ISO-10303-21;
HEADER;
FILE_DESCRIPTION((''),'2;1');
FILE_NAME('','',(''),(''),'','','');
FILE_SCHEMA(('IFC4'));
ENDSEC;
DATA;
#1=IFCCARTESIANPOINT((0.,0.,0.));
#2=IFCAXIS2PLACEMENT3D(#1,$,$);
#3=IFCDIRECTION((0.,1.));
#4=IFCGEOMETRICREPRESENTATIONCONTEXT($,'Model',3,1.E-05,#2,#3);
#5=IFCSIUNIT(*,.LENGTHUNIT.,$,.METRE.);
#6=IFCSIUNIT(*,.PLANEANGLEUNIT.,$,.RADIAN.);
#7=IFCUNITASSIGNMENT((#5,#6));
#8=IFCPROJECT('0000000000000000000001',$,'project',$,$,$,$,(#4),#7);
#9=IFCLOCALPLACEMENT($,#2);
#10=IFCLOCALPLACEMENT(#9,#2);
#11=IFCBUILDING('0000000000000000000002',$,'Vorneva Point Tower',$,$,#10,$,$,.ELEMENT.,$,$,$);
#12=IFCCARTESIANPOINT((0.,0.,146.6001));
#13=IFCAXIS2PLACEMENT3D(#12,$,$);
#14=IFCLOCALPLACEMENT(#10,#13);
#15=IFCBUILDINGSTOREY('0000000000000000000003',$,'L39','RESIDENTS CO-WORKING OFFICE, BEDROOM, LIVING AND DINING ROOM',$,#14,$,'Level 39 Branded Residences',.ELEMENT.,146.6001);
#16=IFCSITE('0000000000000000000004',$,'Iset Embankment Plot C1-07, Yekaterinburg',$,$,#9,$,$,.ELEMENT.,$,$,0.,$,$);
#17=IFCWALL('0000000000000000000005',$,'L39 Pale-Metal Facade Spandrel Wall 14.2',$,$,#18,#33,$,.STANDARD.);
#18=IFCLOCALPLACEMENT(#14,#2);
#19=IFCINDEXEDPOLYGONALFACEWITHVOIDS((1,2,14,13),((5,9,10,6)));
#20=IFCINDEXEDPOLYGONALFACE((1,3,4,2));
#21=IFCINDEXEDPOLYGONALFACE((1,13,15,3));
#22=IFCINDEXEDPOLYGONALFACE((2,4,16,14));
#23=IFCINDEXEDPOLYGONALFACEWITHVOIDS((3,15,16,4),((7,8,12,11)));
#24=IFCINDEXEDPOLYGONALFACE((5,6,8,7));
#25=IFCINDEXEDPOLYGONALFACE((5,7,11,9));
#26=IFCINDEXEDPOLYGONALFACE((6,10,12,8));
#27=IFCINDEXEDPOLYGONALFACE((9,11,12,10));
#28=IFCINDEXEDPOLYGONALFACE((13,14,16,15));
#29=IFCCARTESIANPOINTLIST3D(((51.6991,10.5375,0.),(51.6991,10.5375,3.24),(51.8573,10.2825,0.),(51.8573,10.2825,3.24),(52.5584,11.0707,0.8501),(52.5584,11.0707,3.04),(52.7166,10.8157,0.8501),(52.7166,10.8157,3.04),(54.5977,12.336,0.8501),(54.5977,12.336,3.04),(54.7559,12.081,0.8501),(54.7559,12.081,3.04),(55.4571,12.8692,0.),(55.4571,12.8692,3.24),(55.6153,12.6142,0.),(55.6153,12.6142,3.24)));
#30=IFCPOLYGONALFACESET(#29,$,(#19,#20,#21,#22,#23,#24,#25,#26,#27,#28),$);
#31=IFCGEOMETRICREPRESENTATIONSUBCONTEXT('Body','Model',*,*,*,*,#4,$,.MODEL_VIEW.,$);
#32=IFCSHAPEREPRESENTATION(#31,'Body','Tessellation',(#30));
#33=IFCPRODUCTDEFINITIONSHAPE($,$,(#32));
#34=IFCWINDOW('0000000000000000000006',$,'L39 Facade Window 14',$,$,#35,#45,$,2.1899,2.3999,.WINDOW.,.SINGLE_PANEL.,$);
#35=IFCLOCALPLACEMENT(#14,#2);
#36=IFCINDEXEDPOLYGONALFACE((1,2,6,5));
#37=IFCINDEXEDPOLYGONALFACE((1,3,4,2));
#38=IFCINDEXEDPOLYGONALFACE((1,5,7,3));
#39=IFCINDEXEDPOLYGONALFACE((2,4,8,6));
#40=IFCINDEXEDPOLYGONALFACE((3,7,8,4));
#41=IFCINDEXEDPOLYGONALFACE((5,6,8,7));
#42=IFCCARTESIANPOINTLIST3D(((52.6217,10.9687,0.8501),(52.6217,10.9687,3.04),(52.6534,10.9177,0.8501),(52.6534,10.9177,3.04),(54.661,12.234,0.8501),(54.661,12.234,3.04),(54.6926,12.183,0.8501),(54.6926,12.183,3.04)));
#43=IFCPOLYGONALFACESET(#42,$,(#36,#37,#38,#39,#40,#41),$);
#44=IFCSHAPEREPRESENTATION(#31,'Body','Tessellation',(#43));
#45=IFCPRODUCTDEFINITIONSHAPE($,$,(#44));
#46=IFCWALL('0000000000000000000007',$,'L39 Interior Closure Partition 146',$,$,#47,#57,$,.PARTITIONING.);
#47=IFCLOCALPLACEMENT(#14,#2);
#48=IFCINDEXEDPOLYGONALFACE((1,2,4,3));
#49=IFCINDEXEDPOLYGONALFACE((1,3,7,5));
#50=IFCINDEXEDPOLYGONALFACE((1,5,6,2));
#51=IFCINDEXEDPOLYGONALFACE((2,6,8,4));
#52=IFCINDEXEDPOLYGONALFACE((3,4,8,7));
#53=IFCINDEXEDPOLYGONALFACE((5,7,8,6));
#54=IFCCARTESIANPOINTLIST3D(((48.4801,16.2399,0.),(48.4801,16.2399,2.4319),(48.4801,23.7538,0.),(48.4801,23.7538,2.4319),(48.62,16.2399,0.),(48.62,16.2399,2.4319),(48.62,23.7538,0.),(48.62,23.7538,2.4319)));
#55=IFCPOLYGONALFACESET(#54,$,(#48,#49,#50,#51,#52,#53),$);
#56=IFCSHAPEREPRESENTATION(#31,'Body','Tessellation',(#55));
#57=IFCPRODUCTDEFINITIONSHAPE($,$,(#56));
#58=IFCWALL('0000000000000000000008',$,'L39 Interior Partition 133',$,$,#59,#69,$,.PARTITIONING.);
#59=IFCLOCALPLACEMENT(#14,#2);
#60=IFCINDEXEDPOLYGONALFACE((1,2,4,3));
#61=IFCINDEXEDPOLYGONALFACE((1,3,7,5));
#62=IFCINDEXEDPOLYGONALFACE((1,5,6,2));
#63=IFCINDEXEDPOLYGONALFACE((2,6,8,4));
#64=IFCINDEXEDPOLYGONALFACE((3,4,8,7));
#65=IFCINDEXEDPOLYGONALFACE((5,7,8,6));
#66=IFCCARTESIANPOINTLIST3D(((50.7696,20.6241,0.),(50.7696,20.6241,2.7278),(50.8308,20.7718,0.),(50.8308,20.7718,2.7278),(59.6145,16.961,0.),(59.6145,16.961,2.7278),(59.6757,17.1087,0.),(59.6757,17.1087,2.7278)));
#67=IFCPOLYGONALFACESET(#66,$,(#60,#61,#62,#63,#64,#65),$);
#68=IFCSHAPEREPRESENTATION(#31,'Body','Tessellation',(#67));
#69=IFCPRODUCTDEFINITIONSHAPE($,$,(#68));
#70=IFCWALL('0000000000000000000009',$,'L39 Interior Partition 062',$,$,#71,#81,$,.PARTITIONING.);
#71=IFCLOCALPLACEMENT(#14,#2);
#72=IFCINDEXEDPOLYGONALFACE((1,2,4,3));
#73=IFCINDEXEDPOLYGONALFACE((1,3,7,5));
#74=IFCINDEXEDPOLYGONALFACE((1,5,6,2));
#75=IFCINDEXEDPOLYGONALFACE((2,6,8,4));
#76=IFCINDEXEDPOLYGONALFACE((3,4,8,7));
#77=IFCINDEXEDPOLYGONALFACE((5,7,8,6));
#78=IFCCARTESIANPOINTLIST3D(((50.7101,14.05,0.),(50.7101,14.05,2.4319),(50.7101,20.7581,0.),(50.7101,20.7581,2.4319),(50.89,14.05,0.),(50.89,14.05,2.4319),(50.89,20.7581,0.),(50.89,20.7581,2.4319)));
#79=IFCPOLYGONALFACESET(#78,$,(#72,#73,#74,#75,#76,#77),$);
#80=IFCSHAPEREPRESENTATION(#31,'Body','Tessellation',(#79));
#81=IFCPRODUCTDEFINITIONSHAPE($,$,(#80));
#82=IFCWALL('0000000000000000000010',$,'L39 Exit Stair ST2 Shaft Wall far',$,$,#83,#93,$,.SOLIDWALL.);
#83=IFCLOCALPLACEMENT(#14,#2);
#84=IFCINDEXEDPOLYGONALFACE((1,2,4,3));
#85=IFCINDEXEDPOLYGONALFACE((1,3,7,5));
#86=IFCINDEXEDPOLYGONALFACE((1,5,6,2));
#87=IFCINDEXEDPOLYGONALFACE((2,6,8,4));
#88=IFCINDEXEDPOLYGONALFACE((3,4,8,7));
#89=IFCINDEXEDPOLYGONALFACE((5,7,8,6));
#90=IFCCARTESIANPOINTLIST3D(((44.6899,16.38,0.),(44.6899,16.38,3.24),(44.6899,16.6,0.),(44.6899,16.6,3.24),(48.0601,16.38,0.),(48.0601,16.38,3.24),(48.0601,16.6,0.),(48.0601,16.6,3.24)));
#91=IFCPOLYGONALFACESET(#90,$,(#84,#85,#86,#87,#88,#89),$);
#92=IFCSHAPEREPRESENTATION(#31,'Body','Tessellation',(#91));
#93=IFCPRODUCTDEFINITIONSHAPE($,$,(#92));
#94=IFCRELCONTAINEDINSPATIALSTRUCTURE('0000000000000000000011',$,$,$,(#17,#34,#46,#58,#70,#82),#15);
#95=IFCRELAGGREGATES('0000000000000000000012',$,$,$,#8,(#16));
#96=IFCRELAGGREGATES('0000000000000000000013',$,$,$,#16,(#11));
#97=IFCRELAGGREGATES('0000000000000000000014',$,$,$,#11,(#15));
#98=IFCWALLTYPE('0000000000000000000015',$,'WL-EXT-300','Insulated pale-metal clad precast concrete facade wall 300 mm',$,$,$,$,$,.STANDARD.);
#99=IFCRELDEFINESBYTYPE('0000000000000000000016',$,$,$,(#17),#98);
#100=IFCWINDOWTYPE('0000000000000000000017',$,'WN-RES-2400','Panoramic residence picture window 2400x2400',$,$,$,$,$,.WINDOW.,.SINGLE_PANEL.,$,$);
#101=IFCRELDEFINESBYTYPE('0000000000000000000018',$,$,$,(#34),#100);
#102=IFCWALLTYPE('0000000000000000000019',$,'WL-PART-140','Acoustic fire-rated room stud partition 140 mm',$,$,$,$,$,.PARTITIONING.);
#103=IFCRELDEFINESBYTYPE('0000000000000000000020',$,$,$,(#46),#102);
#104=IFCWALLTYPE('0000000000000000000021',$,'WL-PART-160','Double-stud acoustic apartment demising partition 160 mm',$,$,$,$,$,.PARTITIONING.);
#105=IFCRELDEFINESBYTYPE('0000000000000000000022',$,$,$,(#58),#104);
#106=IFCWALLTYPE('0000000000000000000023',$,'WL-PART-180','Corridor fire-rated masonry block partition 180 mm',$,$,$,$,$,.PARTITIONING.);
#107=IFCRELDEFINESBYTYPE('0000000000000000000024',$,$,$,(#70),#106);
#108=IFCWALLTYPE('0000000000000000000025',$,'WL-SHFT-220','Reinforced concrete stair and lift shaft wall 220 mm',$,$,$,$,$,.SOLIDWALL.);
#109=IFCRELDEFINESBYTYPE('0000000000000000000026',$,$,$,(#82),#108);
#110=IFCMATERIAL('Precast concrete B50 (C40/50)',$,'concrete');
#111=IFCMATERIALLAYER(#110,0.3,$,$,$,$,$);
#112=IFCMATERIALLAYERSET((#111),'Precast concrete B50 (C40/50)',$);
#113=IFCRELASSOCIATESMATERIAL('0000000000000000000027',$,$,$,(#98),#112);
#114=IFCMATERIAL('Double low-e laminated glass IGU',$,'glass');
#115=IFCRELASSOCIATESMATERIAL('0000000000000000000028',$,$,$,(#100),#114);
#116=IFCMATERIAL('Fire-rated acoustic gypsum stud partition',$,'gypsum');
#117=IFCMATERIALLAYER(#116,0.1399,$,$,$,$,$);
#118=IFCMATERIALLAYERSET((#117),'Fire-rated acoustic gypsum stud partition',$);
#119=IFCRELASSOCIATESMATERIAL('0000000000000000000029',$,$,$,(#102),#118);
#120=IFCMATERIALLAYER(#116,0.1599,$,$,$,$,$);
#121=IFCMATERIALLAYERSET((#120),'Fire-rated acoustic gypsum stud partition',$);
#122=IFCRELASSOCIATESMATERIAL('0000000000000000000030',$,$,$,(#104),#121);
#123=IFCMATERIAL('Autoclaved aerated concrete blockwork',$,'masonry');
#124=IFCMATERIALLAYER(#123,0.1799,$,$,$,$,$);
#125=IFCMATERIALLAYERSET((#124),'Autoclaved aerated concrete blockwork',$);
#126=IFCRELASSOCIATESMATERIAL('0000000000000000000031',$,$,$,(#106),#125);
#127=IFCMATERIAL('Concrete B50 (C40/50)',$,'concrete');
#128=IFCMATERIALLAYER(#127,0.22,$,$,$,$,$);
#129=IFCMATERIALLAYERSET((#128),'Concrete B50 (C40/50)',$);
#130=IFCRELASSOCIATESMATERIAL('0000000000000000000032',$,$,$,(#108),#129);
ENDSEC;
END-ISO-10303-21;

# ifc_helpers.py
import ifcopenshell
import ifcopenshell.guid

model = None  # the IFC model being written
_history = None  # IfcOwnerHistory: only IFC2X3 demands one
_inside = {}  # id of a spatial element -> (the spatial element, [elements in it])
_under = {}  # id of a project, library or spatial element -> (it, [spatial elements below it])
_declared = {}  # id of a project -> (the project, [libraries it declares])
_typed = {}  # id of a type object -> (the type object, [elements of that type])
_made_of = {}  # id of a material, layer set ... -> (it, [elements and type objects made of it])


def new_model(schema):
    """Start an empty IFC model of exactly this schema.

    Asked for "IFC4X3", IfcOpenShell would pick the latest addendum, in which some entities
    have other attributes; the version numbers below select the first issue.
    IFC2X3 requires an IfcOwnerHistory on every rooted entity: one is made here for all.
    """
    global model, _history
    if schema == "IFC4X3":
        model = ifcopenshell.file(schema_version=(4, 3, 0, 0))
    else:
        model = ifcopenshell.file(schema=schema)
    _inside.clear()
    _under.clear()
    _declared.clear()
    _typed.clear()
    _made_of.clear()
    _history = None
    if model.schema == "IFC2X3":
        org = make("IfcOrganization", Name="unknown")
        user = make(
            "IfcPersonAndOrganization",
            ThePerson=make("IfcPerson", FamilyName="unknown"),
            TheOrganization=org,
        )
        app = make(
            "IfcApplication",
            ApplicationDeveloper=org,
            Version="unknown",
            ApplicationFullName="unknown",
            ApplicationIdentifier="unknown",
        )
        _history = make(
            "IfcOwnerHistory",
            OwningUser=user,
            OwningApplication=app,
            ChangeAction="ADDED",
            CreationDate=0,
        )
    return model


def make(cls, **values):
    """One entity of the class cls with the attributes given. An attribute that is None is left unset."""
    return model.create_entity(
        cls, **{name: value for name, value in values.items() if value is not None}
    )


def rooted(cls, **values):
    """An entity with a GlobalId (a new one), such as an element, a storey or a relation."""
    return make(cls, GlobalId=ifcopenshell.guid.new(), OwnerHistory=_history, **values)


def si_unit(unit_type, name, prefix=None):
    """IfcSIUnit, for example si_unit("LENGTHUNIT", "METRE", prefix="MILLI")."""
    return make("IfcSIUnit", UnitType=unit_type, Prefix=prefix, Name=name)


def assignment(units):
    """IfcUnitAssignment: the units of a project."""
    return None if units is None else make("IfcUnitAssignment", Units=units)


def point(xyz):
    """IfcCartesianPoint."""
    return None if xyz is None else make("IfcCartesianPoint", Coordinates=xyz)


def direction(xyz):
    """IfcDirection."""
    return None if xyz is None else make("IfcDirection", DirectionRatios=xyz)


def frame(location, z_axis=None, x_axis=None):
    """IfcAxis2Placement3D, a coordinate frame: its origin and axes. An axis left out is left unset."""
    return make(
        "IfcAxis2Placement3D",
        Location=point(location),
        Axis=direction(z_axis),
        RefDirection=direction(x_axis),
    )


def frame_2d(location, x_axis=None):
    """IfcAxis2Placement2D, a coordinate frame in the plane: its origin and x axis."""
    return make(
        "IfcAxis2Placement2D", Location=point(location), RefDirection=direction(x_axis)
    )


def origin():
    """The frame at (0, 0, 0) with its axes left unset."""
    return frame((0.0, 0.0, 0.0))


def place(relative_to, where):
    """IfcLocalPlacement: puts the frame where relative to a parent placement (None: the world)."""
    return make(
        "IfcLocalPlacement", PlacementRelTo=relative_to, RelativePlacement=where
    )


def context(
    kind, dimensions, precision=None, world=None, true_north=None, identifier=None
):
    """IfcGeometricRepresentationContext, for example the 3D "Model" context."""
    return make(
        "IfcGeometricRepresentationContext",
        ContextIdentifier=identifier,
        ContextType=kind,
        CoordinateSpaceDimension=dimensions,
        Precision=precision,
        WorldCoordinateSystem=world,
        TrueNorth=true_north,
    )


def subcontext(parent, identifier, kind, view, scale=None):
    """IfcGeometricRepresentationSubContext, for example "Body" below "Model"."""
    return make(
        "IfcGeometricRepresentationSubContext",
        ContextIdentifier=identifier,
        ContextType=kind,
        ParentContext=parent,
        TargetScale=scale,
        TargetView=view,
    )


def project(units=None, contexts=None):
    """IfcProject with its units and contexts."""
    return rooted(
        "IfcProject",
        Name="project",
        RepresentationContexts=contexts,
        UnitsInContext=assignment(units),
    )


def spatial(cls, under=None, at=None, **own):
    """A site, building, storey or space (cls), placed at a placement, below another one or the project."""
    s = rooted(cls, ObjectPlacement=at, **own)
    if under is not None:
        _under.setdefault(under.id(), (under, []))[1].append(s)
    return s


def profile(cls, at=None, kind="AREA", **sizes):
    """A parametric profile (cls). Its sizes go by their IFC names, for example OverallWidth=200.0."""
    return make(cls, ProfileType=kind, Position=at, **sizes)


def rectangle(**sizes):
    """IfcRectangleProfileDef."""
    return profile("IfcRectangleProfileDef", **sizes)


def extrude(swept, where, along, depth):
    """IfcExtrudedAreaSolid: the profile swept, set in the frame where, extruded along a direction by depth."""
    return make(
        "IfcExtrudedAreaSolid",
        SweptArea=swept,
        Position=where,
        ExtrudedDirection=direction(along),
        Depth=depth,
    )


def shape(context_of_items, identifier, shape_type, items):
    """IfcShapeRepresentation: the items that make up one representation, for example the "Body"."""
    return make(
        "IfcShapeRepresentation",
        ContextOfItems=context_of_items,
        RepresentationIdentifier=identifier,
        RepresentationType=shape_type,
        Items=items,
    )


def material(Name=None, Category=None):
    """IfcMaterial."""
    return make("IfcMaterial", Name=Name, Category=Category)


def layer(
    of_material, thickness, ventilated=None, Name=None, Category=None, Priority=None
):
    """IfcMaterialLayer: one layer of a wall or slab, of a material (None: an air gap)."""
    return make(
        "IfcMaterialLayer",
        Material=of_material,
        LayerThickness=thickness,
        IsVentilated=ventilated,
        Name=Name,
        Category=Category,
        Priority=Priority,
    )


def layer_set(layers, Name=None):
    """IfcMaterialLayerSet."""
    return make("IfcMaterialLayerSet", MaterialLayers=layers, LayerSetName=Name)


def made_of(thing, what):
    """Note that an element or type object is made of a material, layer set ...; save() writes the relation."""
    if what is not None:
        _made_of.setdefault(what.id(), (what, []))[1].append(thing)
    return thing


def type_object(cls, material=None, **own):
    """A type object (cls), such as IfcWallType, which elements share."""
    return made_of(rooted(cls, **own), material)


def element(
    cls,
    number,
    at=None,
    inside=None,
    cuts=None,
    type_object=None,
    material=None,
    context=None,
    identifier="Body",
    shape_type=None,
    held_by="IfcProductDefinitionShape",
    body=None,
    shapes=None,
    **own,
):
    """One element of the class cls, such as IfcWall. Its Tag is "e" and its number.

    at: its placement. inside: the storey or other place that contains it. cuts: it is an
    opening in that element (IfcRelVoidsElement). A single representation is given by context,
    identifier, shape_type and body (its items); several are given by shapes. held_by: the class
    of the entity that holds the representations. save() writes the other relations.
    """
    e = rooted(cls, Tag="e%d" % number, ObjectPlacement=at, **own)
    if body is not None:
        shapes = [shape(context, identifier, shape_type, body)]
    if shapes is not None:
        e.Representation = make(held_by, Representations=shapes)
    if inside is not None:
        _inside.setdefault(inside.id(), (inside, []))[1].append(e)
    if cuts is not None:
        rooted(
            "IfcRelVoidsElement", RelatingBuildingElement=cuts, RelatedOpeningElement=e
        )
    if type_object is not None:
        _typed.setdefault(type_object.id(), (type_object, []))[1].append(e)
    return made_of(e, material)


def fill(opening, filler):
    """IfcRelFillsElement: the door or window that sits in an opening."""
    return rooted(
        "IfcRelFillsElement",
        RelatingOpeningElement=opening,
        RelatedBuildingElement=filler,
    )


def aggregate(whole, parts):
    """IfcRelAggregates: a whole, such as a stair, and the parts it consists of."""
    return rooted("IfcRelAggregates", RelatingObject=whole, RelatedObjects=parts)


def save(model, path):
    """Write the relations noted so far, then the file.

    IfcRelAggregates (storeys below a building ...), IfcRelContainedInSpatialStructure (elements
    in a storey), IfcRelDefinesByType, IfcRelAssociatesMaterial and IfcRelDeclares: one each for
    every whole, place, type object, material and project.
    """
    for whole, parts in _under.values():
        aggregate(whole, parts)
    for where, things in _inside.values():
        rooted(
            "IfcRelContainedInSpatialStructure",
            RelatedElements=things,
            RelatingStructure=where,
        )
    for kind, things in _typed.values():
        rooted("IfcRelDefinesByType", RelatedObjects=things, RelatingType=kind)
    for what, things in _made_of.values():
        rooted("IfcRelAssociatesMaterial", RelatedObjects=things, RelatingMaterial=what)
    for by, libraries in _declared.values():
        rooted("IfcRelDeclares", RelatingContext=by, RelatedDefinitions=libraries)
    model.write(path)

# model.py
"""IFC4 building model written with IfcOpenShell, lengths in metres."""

from ifc_helpers import new_model, si_unit, direction, frame, frame_2d, origin, place, context, subcontext, project, spatial, rectangle, extrude, material, layer, layer_set, type_object, element, fill, save


model = new_model("IFC4")

# Units and contexts
model_context = context("Model", 3, precision=1e-05, world=origin(), true_north=direction((0.0, 1.0)))
body_context = subcontext(model_context, "Body", "Model", "MODEL_VIEW")
ifc_project = project(units=[si_unit("LENGTHUNIT", "METRE"), si_unit("PLANEANGLEUNIT", "RADIAN")], contexts=[model_context])

# Site, building, storey
site_placement = place(None, origin())
site = spatial("IfcSite", under=ifc_project, at=site_placement, Name="Iset Embankment Plot C1-07, Yekaterinburg", CompositionType="ELEMENT", RefElevation=0.0)
building_placement = place(site_placement, origin())
building = spatial("IfcBuilding", under=site, at=building_placement, Name="Vorneva Point Tower", CompositionType="ELEMENT")
storey_placement = place(building_placement, frame((0.0, 0.0, 146.6001)))
storey = spatial("IfcBuildingStorey", under=building, at=storey_placement, Name="L39", Description="RESIDENTS CO-WORKING OFFICE, BEDROOM, LIVING AND DINING ROOM", LongName="Level 39 Branded Residences", CompositionType="ELEMENT", Elevation=146.6001)

# Shared definitions
ifc_material_1 = material(Name="Double low-e laminated glass IGU", Category="glass")

# Shared definitions
ifc_material_2 = material(Name="Precast concrete B50 (C40/50)", Category="concrete")
ifc_layer_1 = layer(ifc_material_2, 0.3)
ifc_layer_set_1 = layer_set([ifc_layer_1], Name="Precast concrete B50 (C40/50)")
wall_type_1 = type_object("IfcWallType", Name="WL-EXT-300", Description="Insulated pale-metal clad precast concrete facade wall 300 mm", PredefinedType="STANDARD", material=ifc_layer_set_1)

# Wall, opening, window
wall_1_placement = place(storey_placement, frame((51.7781, 10.4099, 0.0), z_axis=(0.0, 0.0, 1.0), x_axis=(0.849721, 0.527232, 0.0)))
wall_1 = element("IfcWall", 1, at=wall_1_placement, inside=storey, type_object=wall_type_1, Name="L39 Pale-Metal Facade Spandrel Wall 14.2", PredefinedType="STANDARD", context=body_context, shape_type="SweptSolid", body=[
    extrude(rectangle(XDim=4.4226, YDim=0.3, at=frame_2d((2.2114, 0.0))), origin(), (0.0, 0.0, 1.0), 3.24),
])
opening_placement = place(wall_1_placement, frame((1.0115, 0.0, 0.8501)))
opening = element("IfcOpeningElement", 2, at=opening_placement, cuts=wall_1, PredefinedType="OPENING", context=body_context, shape_type="SweptSolid", body=[
    extrude(rectangle(XDim=2.3999, YDim=2.1899, at=frame_2d((1.2, 1.095))), frame((0.0, 0.165, 0.0), z_axis=(0.0, -1.0, 0.0), x_axis=(1.0, 0.0, 0.0)), (0.0, 0.0, 1.0), 0.3298),
])
window_type = type_object("IfcWindowType", Name="WN-RES-2400", Description="Panoramic residence picture window 2400x2400", PartitioningType="SINGLE_PANEL", PredefinedType="WINDOW", material=ifc_material_1)
window_placement = place(opening_placement, origin())
window = element("IfcWindow", 3, at=window_placement, inside=storey, type_object=window_type, Name="L39 Facade Window 14", OverallHeight=2.1899, OverallWidth=2.3999, PartitioningType="SINGLE_PANEL", PredefinedType="WINDOW", context=body_context, shape_type="SweptSolid", body=[
    extrude(rectangle(XDim=2.3999, YDim=2.1899, at=frame_2d((1.2, 1.095))), frame((0.0, 0.03, 0.0), z_axis=(0.0, -1.0, 0.0), x_axis=(1.0, 0.0, 0.0)), (0.0, 0.0, 1.0), 0.0601),
])
fill(opening, window)

# Walls
ifc_material_3 = material(Name="Fire-rated acoustic gypsum stud partition", Category="gypsum")
ifc_layer_2 = layer(ifc_material_3, 0.1399)
ifc_layer_set_2 = layer_set([ifc_layer_2], Name="Fire-rated acoustic gypsum stud partition")
wall_type_2 = type_object("IfcWallType", Name="WL-PART-140", Description="Acoustic fire-rated room stud partition 140 mm", PredefinedType="PARTITIONING", material=ifc_layer_set_2)
wall_2_placement = place(storey_placement, frame((48.55, 16.24, 0.0), z_axis=(0.0, 0.0, 1.0), x_axis=(0.0, 1.0, 0.0)))
element("IfcWall", 4, at=wall_2_placement, inside=storey, type_object=wall_type_2, Name="L39 Interior Closure Partition 146", PredefinedType="PARTITIONING", context=body_context, shape_type="SweptSolid", body=[
    extrude(rectangle(XDim=7.5139, YDim=0.1399, at=frame_2d((3.7568, 0.0))), origin(), (0.0, 0.0, 1.0), 2.4319),
])
ifc_layer_3 = layer(ifc_material_3, 0.1599)
ifc_layer_set_3 = layer_set([ifc_layer_3], Name="Fire-rated acoustic gypsum stud partition")
wall_type_3 = type_object("IfcWallType", Name="WL-PART-160", Description="Double-stud acoustic apartment demising partition 160 mm", PredefinedType="PARTITIONING", material=ifc_layer_set_3)
wall_3_placement = place(storey_placement, frame((59.645, 17.0349, 0.0), z_axis=(0.0, 0.0, 1.0), x_axis=(-0.923902, 0.382628, 0.0)))
element("IfcWall", 5, at=wall_3_placement, inside=storey, type_object=wall_type_3, Name="L39 Interior Partition 133", PredefinedType="PARTITIONING", context=body_context, shape_type="SweptSolid", body=[
    extrude(rectangle(XDim=9.5735, YDim=0.1599, at=frame_2d((4.7866, 0.0))), origin(), (0.0, 0.0, 1.0), 2.7278),
])
ifc_material_4 = material(Name="Autoclaved aerated concrete blockwork", Category="masonry")
ifc_layer_4 = layer(ifc_material_4, 0.1799)
ifc_layer_set_4 = layer_set([ifc_layer_4], Name="Autoclaved aerated concrete blockwork")
wall_type_4 = type_object("IfcWallType", Name="WL-PART-180", Description="Corridor fire-rated masonry block partition 180 mm", PredefinedType="PARTITIONING", material=ifc_layer_set_4)
wall_4_placement = place(storey_placement, frame((50.8, 14.05, 0.0), z_axis=(0.0, 0.0, 1.0), x_axis=(0.0, 1.0, 0.0)))
element("IfcWall", 6, at=wall_4_placement, inside=storey, type_object=wall_type_4, Name="L39 Interior Partition 062", PredefinedType="PARTITIONING", context=body_context, shape_type="SweptSolid", body=[
    extrude(rectangle(XDim=6.708, YDim=0.1799, at=frame_2d((3.354, 0.0))), origin(), (0.0, 0.0, 1.0), 2.4319),
])
ifc_material_5 = material(Name="Concrete B50 (C40/50)", Category="concrete")
ifc_layer_5 = layer(ifc_material_5, 0.22)
ifc_layer_set_5 = layer_set([ifc_layer_5], Name="Concrete B50 (C40/50)")
wall_type_5 = type_object("IfcWallType", Name="WL-SHFT-220", Description="Reinforced concrete stair and lift shaft wall 220 mm", PredefinedType="SOLIDWALL", material=ifc_layer_set_5)
wall_5_placement = place(storey_placement, frame((48.0601, 16.49, 0.0), z_axis=(0.0, 0.0, 1.0), x_axis=(-1.0, 0.0, 0.0)))
element("IfcWall", 7, at=wall_5_placement, inside=storey, type_object=wall_type_5, Name="L39 Exit Stair ST2 Shaft Wall far", PredefinedType="SOLIDWALL", context=body_context, shape_type="SweptSolid", body=[
    extrude(rectangle(XDim=3.3701, YDim=0.22, at=frame_2d((1.6851, 0.0))), origin(), (0.0, 0.0, 1.0), 3.24),
])

save(model, "model.ifc")
